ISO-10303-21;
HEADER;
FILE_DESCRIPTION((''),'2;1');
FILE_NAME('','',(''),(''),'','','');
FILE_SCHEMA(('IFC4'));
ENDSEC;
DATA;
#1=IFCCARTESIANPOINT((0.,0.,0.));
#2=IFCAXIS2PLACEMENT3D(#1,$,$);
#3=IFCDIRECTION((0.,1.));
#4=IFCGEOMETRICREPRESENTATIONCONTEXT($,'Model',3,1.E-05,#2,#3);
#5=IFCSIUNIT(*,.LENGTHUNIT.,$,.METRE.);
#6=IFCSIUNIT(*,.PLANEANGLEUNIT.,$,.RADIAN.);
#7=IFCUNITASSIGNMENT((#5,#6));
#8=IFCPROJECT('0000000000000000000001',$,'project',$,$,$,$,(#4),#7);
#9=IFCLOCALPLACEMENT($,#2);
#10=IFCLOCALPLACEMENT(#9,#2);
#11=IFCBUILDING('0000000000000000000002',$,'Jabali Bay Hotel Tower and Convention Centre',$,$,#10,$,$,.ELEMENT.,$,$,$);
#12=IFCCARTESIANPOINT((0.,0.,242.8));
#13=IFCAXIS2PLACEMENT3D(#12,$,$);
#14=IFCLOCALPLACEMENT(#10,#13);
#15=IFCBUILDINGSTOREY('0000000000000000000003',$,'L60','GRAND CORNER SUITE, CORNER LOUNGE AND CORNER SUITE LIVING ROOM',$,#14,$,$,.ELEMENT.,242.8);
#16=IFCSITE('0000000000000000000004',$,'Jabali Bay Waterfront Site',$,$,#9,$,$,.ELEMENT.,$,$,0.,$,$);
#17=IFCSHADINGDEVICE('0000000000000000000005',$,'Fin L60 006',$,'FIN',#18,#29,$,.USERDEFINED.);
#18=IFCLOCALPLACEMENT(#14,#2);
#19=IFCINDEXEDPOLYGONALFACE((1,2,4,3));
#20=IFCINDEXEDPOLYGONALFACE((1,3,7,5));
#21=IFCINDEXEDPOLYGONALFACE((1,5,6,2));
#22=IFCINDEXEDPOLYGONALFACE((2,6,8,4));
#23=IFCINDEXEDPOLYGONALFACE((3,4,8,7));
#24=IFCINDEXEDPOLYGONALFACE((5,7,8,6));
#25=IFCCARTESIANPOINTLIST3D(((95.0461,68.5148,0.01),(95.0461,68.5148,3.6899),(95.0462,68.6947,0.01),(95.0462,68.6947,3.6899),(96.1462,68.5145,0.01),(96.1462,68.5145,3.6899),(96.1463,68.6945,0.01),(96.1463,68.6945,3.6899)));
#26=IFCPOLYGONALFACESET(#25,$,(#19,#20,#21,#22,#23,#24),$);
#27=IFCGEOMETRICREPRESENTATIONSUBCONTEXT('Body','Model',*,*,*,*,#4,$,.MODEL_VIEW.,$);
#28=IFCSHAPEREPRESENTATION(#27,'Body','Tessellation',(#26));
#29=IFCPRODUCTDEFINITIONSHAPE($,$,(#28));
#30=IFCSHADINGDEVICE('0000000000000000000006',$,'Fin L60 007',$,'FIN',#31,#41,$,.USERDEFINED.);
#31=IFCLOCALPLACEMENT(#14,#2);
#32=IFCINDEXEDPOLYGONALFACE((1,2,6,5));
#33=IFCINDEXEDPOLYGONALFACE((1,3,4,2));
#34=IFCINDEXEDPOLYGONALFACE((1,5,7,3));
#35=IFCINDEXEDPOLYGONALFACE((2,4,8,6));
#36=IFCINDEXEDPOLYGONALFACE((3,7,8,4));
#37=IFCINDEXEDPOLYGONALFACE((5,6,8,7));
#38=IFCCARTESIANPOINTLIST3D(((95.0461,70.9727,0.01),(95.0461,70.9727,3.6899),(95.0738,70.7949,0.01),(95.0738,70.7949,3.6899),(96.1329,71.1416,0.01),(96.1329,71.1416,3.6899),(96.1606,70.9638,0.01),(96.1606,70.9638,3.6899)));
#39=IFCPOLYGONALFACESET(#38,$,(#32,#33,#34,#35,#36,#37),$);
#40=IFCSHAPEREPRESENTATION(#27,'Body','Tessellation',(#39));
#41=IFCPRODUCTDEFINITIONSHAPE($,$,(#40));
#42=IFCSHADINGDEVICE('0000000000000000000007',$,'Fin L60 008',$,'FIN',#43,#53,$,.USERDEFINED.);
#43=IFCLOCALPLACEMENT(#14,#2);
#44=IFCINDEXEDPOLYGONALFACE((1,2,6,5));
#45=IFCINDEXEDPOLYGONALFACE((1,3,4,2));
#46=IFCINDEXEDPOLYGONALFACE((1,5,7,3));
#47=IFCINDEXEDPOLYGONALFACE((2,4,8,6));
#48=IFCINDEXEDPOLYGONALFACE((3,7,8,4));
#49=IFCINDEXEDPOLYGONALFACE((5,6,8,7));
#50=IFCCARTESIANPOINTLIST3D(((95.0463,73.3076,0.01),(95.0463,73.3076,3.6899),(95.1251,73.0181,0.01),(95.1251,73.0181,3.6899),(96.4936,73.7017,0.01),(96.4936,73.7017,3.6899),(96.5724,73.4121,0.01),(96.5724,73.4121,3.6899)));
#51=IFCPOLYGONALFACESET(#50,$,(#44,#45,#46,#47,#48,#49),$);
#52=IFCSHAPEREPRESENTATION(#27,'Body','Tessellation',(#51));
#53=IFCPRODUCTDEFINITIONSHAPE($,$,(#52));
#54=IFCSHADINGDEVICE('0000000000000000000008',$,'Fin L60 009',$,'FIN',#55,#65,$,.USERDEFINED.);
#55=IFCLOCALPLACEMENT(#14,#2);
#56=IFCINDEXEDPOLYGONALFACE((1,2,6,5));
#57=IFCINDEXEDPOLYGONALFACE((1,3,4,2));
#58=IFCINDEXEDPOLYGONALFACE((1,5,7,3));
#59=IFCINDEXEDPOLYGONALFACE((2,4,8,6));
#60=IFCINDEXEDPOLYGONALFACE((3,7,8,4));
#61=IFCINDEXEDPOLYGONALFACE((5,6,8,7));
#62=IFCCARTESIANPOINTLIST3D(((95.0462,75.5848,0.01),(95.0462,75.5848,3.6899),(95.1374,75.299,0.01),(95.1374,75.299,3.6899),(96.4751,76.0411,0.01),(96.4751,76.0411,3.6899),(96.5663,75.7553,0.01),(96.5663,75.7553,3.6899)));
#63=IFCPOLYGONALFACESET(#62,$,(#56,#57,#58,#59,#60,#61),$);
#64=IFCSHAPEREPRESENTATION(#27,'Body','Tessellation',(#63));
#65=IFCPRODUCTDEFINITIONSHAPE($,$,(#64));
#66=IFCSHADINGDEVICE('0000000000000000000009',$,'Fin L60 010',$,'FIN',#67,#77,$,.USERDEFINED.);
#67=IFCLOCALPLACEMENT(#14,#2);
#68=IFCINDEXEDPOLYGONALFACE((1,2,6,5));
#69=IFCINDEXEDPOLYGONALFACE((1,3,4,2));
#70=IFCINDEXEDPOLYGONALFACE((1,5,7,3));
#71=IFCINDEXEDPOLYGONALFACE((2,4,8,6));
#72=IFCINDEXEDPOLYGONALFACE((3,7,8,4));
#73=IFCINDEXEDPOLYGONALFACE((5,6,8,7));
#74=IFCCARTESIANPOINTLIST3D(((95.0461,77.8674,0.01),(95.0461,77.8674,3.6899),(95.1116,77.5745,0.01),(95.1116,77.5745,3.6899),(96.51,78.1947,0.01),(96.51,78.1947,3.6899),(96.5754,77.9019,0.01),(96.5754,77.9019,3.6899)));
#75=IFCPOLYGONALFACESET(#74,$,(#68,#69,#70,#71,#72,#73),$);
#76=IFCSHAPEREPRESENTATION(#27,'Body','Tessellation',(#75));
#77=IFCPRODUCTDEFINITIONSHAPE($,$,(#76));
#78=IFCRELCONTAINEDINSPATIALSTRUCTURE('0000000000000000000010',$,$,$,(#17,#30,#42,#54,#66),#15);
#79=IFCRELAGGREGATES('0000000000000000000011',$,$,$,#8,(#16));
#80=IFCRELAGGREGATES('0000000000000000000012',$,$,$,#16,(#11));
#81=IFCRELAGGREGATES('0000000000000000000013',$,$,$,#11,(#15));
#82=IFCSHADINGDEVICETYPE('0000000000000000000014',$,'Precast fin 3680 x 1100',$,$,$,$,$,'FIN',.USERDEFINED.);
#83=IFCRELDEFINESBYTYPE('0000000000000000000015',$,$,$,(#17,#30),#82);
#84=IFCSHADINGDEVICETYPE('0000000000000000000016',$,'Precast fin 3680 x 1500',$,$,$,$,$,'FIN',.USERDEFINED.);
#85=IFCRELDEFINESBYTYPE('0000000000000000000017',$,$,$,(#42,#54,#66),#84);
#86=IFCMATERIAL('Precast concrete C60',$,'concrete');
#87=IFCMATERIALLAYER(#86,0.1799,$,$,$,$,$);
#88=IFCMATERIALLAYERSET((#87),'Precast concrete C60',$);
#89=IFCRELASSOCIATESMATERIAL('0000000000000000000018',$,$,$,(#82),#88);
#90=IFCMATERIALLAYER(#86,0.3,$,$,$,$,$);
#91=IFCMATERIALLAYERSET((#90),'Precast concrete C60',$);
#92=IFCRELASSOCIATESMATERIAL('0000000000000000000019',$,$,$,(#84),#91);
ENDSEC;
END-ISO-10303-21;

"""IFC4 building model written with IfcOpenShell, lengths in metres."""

from ifc_helpers import new_model, si_unit, direction, frame, frame_2d, origin, place, context, subcontext, project, spatial, rectangle, extrude, material, layer, layer_set, type_object, element, save


model = new_model("IFC4")

# Units and contexts
model_context = context("Model", 3, precision=1e-05, world=origin(), true_north=direction((0.0, 1.0)))
body_context = subcontext(model_context, "Body", "Model", "MODEL_VIEW")
ifc_project = project(units=[si_unit("LENGTHUNIT", "METRE"), si_unit("PLANEANGLEUNIT", "RADIAN")], contexts=[model_context])

# Site, building, storey
site_placement = place(None, origin())
site = spatial("IfcSite", under=ifc_project, at=site_placement, Name="Jabali Bay Waterfront Site", CompositionType="ELEMENT", RefElevation=0.0)
building_placement = place(site_placement, origin())
building = spatial("IfcBuilding", under=site, at=building_placement, Name="Jabali Bay Hotel Tower and Convention Centre", CompositionType="ELEMENT")
storey_placement = place(building_placement, frame((0.0, 0.0, 242.8)))
storey = spatial("IfcBuildingStorey", under=building, at=storey_placement, Name="L60", Description="GRAND CORNER SUITE, CORNER LOUNGE AND CORNER SUITE LIVING ROOM", CompositionType="ELEMENT", Elevation=242.8)

# Shading devices
ifc_material_1 = material(Name="Precast concrete C60", Category="concrete")
ifc_layer_1 = layer(ifc_material_1, 0.1799)
ifc_layer_set_1 = layer_set([ifc_layer_1], Name="Precast concrete C60")
shading_device_type_1 = type_object("IfcShadingDeviceType", Name="Precast fin 3680 x 1100", ElementType="FIN", PredefinedType="USERDEFINED", material=ifc_layer_set_1)
shading_device_1_placement = place(storey_placement, frame((95.0461, 68.6047, 0.01), z_axis=(0.0, 0.0, 1.0), x_axis=(1.0, -0.000222, 0.0)))
element("IfcShadingDevice", 1, at=shading_device_1_placement, inside=storey, type_object=shading_device_type_1, Name="Fin L60 006", ObjectType="FIN", PredefinedType="USERDEFINED", context=body_context, shape_type="SweptSolid", body=[
    extrude(rectangle(XDim=1.1001, YDim=0.1799, at=frame_2d((0.55, 0.0))), origin(), (0.0, 0.0, 1.0), 3.6799),
])
shading_device_2_placement = place(storey_placement, frame((95.0601, 70.8838, 0.01), z_axis=(0.0, 0.0, 1.0), x_axis=(0.988134, 0.153591, 0.0)))
element("IfcShadingDevice", 2, at=shading_device_2_placement, inside=storey, type_object=shading_device_type_1, Name="Fin L60 007", ObjectType="FIN", PredefinedType="USERDEFINED", context=body_context, shape_type="SweptSolid", body=[
    extrude(rectangle(XDim=1.0999, YDim=0.1799, at=frame_2d((0.5498, 0.0))), origin(), (0.0, 0.0, 1.0), 3.6799),
])
ifc_layer_2 = layer(ifc_material_1, 0.3)
ifc_layer_set_2 = layer_set([ifc_layer_2], Name="Precast concrete C60")
shading_device_type_2 = type_object("IfcShadingDeviceType", Name="Precast fin 3680 x 1500", ElementType="FIN", PredefinedType="USERDEFINED", material=ifc_layer_set_2)
for number, where, z_axis, x_axis, name in (
    (3, (95.0857, 73.1628, 0.01), (0.0, 0.0, 1.0), (0.964876, 0.262704, 0.0), "Fin L60 008"),
    (4, (95.0918, 75.4419, 0.01), (0.0, 0.0, 1.0), (0.952611, 0.304191, 0.0), "Fin L60 009"),
    (5, (95.0789, 77.7209, 0.01), (0.0, 0.0, 1.0), (0.975891, 0.218257, 0.0), "Fin L60 010"),
):
    element("IfcShadingDevice", number, at=place(storey_placement, frame(where, z_axis=z_axis, x_axis=x_axis)), inside=storey, type_object=shading_device_type_2, Name=name, ObjectType="FIN", PredefinedType="USERDEFINED", context=body_context, shape_type="SweptSolid", body=[
        extrude(rectangle(XDim=1.5, YDim=0.3, at=frame_2d((0.75, 0.0))), origin(), (0.0, 0.0, 1.0), 3.6799),
    ])

save(model, "model.ifc")
